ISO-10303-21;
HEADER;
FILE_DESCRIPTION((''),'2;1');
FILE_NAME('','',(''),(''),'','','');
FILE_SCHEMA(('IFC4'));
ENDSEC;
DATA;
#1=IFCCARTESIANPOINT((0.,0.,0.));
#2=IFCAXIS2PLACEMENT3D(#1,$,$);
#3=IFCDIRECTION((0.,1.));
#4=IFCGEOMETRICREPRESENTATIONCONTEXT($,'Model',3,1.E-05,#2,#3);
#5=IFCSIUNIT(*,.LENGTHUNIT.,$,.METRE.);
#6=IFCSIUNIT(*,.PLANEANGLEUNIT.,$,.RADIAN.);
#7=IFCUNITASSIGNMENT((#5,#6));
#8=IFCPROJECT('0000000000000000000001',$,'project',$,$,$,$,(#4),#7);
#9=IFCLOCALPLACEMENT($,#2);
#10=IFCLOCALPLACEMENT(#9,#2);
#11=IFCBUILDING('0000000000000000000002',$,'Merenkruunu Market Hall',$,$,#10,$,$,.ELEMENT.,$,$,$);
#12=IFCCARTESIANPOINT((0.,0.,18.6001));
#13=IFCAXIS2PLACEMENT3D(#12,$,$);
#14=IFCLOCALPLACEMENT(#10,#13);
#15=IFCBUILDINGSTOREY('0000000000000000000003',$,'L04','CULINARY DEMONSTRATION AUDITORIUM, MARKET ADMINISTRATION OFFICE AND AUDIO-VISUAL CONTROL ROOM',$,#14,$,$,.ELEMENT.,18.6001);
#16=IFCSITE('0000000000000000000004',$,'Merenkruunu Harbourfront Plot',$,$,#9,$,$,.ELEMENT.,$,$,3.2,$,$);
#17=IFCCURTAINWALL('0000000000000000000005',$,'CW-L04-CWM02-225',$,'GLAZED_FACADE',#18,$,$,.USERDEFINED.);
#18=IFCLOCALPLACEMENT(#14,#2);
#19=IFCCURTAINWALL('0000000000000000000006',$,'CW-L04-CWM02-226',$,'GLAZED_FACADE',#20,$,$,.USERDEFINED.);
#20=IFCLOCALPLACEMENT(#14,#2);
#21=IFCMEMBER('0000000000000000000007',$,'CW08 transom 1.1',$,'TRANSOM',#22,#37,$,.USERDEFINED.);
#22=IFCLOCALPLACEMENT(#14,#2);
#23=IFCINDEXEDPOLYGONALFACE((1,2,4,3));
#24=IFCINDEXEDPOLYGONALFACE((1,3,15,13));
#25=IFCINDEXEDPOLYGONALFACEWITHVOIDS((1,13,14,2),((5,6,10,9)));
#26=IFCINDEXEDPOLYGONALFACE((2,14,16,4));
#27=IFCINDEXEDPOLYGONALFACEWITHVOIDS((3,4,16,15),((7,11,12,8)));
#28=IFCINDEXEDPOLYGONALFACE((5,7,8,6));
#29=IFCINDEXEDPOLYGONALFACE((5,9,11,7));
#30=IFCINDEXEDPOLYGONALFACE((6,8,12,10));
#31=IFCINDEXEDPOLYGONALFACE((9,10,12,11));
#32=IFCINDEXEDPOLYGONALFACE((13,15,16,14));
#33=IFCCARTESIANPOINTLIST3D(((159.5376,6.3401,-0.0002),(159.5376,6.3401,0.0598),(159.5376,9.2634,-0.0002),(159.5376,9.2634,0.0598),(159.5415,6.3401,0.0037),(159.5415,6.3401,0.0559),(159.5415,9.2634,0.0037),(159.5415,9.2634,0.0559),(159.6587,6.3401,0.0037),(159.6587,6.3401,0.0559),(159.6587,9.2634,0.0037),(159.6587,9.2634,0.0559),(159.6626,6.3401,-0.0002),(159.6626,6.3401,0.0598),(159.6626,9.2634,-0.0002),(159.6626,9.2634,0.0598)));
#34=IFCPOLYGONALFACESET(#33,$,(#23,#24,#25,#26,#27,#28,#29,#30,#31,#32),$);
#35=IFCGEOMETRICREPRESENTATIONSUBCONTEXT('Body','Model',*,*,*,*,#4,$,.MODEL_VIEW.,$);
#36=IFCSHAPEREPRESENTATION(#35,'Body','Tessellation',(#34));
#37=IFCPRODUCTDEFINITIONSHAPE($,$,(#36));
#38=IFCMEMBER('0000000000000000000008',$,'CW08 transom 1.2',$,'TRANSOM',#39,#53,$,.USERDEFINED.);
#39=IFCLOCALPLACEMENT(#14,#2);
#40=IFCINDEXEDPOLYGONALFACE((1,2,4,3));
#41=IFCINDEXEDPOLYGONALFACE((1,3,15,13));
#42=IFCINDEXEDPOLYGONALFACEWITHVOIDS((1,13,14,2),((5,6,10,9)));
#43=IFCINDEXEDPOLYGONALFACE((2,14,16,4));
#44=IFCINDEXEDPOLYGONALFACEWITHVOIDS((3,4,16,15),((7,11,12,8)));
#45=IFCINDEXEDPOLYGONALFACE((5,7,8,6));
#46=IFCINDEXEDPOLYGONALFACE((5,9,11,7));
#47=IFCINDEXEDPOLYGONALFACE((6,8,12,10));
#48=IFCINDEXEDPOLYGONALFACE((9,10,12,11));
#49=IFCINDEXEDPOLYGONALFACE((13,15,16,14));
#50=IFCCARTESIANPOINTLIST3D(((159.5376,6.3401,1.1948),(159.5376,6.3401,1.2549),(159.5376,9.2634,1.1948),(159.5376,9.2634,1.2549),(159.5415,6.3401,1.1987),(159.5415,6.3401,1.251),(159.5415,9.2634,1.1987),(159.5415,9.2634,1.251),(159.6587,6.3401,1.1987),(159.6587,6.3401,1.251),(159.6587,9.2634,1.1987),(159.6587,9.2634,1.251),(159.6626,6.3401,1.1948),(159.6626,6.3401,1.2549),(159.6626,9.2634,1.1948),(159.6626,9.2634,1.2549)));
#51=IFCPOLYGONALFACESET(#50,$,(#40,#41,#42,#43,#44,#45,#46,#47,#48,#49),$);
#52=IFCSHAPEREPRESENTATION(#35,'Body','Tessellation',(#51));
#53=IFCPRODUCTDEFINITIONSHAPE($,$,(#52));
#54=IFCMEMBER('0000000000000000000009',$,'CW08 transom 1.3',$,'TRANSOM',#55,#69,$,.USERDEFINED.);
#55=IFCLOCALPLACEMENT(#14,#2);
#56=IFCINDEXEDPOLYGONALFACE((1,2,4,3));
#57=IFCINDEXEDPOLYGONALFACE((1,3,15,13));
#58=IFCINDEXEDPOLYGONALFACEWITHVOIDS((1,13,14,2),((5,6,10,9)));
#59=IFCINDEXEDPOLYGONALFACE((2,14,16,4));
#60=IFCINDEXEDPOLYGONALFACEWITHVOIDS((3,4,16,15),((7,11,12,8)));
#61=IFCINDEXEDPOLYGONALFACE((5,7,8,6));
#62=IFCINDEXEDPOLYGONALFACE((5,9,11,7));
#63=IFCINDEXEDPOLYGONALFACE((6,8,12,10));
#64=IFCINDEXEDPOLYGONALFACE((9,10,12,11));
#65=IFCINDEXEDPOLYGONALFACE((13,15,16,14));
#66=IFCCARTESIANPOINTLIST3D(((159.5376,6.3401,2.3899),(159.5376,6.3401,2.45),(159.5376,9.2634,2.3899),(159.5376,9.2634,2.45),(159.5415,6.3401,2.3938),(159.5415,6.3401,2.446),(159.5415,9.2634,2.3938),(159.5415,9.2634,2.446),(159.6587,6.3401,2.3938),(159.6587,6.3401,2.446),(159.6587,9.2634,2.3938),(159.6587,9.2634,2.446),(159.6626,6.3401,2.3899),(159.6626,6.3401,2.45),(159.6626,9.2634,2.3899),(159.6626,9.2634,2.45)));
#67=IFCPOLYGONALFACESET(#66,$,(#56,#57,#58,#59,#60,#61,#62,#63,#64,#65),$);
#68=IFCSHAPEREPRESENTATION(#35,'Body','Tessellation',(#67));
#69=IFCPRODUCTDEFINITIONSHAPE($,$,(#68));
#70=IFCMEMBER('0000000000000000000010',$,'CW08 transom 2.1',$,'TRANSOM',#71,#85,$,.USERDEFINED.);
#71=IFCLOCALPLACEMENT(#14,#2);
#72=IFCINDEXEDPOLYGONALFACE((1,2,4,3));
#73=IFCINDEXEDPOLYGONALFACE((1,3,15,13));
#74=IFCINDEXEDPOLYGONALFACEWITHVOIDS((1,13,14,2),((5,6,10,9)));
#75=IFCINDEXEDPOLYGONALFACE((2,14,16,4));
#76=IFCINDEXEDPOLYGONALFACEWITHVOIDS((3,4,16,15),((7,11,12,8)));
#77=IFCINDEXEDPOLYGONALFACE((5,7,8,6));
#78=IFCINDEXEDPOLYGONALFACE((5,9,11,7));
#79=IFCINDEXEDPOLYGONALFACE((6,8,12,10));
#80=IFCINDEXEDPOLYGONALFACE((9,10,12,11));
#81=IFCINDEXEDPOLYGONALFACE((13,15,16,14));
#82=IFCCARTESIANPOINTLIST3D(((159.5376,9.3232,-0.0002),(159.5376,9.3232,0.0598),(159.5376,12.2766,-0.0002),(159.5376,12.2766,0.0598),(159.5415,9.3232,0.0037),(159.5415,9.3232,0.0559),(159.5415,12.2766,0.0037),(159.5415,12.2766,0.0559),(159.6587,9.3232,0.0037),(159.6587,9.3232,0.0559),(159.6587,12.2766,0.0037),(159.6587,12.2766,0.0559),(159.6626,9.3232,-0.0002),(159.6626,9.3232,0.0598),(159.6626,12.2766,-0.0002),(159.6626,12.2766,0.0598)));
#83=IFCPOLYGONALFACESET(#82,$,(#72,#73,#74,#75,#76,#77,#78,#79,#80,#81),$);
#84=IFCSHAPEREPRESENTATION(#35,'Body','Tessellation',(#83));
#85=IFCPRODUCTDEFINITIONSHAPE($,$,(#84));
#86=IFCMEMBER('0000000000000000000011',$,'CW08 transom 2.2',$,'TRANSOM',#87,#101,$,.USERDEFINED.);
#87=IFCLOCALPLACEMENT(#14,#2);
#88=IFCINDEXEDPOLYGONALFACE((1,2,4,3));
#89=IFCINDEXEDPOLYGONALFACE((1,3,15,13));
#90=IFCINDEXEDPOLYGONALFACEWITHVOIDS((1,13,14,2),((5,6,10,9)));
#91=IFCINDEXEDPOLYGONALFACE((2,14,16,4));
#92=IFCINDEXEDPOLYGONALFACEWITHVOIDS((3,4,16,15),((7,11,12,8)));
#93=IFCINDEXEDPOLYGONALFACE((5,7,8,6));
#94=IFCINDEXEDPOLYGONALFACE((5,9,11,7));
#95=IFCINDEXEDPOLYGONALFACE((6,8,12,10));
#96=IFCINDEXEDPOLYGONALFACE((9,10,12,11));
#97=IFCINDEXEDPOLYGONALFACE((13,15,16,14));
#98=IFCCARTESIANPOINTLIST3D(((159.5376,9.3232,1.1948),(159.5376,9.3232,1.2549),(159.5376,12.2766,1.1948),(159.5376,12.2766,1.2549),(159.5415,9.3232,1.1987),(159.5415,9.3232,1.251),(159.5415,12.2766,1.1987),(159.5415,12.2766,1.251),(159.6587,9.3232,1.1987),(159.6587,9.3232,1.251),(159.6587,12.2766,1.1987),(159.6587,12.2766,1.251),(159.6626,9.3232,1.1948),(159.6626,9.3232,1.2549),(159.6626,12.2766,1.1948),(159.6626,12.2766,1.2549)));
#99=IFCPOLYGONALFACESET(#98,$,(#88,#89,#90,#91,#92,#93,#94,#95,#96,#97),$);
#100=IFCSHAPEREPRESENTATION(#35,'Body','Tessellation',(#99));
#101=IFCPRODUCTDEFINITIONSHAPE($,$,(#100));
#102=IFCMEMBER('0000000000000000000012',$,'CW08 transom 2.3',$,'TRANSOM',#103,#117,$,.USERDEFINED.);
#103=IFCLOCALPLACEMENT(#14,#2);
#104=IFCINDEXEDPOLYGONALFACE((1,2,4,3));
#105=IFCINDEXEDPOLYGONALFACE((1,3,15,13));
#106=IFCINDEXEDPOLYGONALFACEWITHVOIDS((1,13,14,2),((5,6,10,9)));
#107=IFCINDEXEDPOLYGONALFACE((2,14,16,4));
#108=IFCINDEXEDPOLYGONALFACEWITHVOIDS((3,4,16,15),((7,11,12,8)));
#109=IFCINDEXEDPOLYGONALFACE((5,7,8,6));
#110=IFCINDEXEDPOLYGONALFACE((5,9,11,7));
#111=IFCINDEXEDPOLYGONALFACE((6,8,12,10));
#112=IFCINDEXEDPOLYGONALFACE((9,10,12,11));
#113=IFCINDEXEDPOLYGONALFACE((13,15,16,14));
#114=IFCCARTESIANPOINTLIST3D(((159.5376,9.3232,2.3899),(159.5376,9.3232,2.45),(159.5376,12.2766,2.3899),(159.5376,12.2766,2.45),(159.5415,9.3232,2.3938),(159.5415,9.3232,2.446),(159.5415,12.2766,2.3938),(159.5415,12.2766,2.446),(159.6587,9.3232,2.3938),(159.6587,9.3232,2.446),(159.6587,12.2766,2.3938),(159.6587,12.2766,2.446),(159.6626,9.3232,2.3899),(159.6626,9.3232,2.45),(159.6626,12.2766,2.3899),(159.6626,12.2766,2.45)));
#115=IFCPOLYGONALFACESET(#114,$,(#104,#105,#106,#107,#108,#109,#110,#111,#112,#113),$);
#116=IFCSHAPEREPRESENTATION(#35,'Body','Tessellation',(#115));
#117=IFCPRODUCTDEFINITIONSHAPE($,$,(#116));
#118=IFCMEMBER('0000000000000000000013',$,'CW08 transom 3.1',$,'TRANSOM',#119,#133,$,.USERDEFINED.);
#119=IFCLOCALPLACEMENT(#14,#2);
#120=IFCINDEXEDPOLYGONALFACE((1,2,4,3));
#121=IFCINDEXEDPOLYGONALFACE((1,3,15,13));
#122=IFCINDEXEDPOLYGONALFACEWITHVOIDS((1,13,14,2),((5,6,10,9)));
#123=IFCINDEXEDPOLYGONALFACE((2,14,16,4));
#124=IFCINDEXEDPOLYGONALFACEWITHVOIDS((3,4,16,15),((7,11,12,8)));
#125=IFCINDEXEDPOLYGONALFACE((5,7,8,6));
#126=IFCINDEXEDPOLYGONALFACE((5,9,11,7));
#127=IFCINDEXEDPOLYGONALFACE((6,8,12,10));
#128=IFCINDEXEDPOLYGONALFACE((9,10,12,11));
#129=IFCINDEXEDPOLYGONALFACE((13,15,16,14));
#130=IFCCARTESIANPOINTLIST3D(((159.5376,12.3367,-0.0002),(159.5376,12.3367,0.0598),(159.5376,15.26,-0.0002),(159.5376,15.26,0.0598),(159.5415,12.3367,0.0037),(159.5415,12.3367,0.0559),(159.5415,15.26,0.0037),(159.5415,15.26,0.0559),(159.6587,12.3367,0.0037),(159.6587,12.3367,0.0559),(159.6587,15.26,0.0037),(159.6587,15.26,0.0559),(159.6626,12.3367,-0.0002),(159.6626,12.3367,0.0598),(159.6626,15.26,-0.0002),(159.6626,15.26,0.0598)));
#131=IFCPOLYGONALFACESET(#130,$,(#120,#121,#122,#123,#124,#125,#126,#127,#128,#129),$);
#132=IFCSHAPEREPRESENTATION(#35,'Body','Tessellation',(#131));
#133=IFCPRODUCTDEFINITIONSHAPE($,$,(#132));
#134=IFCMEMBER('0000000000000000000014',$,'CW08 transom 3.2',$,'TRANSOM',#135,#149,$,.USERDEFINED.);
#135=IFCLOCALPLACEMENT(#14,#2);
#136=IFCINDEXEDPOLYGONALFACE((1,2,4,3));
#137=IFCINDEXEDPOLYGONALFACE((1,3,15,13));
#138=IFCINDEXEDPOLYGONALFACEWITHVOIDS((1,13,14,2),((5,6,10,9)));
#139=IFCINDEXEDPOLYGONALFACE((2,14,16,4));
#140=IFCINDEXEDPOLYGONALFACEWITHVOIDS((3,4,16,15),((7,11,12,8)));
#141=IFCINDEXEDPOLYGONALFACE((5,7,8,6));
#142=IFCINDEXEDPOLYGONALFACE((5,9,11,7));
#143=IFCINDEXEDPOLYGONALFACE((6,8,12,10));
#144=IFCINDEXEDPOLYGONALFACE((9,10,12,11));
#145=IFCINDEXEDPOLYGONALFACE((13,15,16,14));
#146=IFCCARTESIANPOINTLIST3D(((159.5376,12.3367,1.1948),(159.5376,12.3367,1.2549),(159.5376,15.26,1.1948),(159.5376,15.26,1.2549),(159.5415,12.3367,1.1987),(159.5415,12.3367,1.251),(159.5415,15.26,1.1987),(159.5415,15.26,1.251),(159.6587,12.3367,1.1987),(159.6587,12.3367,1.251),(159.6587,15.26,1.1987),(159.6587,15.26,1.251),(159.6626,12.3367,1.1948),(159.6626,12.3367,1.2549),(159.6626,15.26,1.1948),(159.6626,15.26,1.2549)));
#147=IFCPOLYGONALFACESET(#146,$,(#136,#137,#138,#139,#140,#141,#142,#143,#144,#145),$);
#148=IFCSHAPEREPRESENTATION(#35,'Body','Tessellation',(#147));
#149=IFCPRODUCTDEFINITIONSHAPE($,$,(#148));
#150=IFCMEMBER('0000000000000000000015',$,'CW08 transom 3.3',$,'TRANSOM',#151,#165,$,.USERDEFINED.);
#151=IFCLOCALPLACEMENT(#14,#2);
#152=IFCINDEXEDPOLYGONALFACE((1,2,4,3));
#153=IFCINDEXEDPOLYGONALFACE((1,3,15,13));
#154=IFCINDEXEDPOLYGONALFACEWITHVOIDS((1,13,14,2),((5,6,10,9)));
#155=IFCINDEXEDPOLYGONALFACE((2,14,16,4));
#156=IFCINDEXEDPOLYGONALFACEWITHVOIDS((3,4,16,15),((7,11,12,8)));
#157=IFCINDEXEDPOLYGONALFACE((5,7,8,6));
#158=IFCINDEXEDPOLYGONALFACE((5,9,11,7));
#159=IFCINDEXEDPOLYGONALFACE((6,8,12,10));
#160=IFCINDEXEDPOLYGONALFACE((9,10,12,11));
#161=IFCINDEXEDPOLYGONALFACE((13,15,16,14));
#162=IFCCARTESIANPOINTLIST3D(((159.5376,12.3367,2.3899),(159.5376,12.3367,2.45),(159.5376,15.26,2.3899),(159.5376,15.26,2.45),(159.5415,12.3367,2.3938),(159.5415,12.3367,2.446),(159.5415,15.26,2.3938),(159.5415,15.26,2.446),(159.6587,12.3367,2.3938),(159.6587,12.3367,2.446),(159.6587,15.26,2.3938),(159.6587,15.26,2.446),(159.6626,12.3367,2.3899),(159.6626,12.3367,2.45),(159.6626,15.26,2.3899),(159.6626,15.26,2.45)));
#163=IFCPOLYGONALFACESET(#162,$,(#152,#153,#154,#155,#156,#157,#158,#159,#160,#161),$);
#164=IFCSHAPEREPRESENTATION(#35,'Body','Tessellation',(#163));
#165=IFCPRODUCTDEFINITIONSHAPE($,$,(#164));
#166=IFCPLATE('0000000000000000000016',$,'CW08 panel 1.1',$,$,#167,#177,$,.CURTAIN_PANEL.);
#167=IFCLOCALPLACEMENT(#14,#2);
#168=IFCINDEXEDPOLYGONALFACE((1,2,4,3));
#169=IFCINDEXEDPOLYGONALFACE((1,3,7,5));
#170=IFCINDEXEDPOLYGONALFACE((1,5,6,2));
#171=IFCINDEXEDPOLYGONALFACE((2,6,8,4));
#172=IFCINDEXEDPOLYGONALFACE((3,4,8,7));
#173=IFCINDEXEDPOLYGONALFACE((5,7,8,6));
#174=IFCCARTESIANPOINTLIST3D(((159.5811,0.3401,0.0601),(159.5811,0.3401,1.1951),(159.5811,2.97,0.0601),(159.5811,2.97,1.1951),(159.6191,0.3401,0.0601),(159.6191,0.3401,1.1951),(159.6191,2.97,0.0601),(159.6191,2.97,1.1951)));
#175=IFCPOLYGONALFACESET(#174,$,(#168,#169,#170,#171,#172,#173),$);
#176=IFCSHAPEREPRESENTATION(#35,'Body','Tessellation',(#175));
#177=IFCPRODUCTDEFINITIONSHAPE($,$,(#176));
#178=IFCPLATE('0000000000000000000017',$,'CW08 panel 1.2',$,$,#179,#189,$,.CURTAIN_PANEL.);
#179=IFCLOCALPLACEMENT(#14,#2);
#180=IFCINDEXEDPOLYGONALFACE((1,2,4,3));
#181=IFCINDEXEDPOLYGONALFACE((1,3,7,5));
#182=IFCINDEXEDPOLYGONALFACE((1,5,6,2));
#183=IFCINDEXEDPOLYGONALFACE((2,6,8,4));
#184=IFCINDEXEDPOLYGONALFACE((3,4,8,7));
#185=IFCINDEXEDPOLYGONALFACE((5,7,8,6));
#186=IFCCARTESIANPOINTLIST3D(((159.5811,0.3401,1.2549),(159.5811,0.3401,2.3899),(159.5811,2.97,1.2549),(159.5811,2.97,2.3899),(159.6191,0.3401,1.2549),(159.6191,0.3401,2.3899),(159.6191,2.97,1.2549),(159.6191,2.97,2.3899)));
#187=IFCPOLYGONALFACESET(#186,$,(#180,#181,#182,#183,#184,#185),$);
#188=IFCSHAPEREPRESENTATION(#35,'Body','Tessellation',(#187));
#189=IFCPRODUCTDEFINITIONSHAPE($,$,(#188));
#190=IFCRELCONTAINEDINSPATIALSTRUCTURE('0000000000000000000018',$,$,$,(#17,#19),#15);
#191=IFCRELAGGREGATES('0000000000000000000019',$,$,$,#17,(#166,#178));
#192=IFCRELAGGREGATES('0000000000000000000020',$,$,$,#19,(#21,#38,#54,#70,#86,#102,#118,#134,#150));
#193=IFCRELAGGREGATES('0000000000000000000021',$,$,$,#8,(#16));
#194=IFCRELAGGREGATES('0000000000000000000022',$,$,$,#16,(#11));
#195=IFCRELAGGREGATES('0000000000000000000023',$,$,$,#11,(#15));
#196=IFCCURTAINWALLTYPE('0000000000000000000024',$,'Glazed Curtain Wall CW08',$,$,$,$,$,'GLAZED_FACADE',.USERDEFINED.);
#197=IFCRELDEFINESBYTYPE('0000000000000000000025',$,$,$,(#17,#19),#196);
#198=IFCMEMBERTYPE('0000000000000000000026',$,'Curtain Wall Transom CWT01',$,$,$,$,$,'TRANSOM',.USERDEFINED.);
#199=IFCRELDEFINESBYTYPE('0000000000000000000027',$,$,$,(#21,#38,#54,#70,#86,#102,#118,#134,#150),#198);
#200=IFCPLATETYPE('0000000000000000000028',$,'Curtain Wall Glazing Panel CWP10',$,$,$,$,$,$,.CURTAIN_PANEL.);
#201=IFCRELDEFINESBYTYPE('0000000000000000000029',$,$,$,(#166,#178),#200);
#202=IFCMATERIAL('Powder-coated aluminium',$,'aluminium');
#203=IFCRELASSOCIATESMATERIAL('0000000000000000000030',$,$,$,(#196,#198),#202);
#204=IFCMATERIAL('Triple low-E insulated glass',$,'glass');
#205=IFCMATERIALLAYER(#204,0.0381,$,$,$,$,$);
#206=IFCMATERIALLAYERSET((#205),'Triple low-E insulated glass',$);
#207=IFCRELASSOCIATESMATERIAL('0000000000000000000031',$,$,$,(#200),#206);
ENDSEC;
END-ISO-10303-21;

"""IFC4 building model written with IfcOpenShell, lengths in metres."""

from ifc_helpers import new_model, si_unit, direction, frame, origin, origin_2d, place, context, subcontext, project, spatial, rectangle, hollow_rectangle, extrude, material, layer, layer_set, material_profile, profile_set, type_object, element, aggregate, save


model = new_model("IFC4")

# Units and contexts
model_context = context("Model", 3, precision=1e-05, world=origin(), true_north=direction((0.0, 1.0)))
body_context = subcontext(model_context, "Body", "Model", "MODEL_VIEW")
ifc_project = project(units=[si_unit("LENGTHUNIT", "METRE"), si_unit("PLANEANGLEUNIT", "RADIAN")], contexts=[model_context])

# Site, building, storey
site_placement = place(None, origin())
site = spatial("IfcSite", under=ifc_project, at=site_placement, Name="Merenkruunu Harbourfront Plot", CompositionType="ELEMENT", RefElevation=3.2)
building_placement = place(site_placement, origin())
building = spatial("IfcBuilding", under=site, at=building_placement, Name="Merenkruunu Market Hall", CompositionType="ELEMENT")
storey_placement = place(building_placement, frame((0.0, 0.0, 18.6001)))
storey = spatial("IfcBuildingStorey", under=building, at=storey_placement, Name="L04", Description="CULINARY DEMONSTRATION AUDITORIUM, MARKET ADMINISTRATION OFFICE AND AUDIO-VISUAL CONTROL ROOM", CompositionType="ELEMENT", Elevation=18.6001)

# Curtain wall
ifc_material_1 = material(Name="Powder-coated aluminium", Category="aluminium")
curtain_wall_type = type_object("IfcCurtainWallType", Name="Glazed Curtain Wall CW08", ElementType="GLAZED_FACADE", PredefinedType="USERDEFINED", material=ifc_material_1)
curtain_wall_1_placement = place(storey_placement, origin())
curtain_wall_1 = element("IfcCurtainWall", 1, at=curtain_wall_1_placement, inside=storey, type_object=curtain_wall_type, Name="CW-L04-CWM02-225", ObjectType="GLAZED_FACADE", PredefinedType="USERDEFINED")

# Curtain wall
curtain_wall_2_placement = place(storey_placement, origin())
curtain_wall_2 = element("IfcCurtainWall", 2, at=curtain_wall_2_placement, inside=storey, type_object=curtain_wall_type, Name="CW-L04-CWM02-226", ObjectType="GLAZED_FACADE", PredefinedType="USERDEFINED")

# Members
ifc_material_profile_1 = material_profile(ifc_material_1, hollow_rectangle(XDim=0.0601, YDim=0.125, WallThickness=0.0039, at=origin_2d()), Name="ALU 60x125x4")
ifc_profile_set_1 = profile_set([ifc_material_profile_1], Name="Powder-coated aluminium")
member_type_1 = type_object("IfcMemberType", Name="Curtain Wall Transom CWT01", ElementType="TRANSOM", PredefinedType="USERDEFINED", material=ifc_profile_set_1)
member_1_placement = place(storey_placement, frame((159.6001, 6.3401, 0.0298), z_axis=(0.0, 1.0, 0.0), x_axis=(0.0, 0.0, 1.0)))
member_1 = element("IfcMember", 3, at=member_1_placement, type_object=member_type_1, Name="CW08 transom 1.1", ObjectType="TRANSOM", PredefinedType="USERDEFINED", context=body_context, shape_type="SweptSolid", body=[
    extrude(hollow_rectangle(XDim=0.0601, YDim=0.125, WallThickness=0.0039, at=origin_2d()), origin(), (0.0, 0.0, 1.0), 2.9233),
])
member_2_placement = place(storey_placement, frame((159.6001, 6.3401, 1.2249), z_axis=(0.0, 1.0, 0.0), x_axis=(0.0, 0.0, 1.0)))
member_2 = element("IfcMember", 4, at=member_2_placement, type_object=member_type_1, Name="CW08 transom 1.2", ObjectType="TRANSOM", PredefinedType="USERDEFINED", context=body_context, shape_type="SweptSolid", body=[
    extrude(hollow_rectangle(XDim=0.0601, YDim=0.125, WallThickness=0.0039, at=origin_2d()), origin(), (0.0, 0.0, 1.0), 2.9233),
])
member_3_placement = place(storey_placement, frame((159.6001, 6.3401, 2.4199), z_axis=(0.0, 1.0, 0.0), x_axis=(0.0, 0.0, 1.0)))
member_3 = element("IfcMember", 5, at=member_3_placement, type_object=member_type_1, Name="CW08 transom 1.3", ObjectType="TRANSOM", PredefinedType="USERDEFINED", context=body_context, shape_type="SweptSolid", body=[
    extrude(hollow_rectangle(XDim=0.0601, YDim=0.125, WallThickness=0.0039, at=origin_2d()), origin(), (0.0, 0.0, 1.0), 2.9233),
])
member_4_placement = place(storey_placement, frame((159.6001, 9.3232, 0.0298), z_axis=(0.0, 1.0, 0.0), x_axis=(0.0, 0.0, 1.0)))
member_4 = element("IfcMember", 6, at=member_4_placement, type_object=member_type_1, Name="CW08 transom 2.1", ObjectType="TRANSOM", PredefinedType="USERDEFINED", context=body_context, shape_type="SweptSolid", body=[
    extrude(hollow_rectangle(XDim=0.0601, YDim=0.125, WallThickness=0.0039, at=origin_2d()), origin(), (0.0, 0.0, 1.0), 2.9534),
])
member_5_placement = place(storey_placement, frame((159.6001, 9.3232, 1.2249), z_axis=(0.0, 1.0, 0.0), x_axis=(0.0, 0.0, 1.0)))
member_5 = element("IfcMember", 7, at=member_5_placement, type_object=member_type_1, Name="CW08 transom 2.2", ObjectType="TRANSOM", PredefinedType="USERDEFINED", context=body_context, shape_type="SweptSolid", body=[
    extrude(hollow_rectangle(XDim=0.0601, YDim=0.125, WallThickness=0.0039, at=origin_2d()), origin(), (0.0, 0.0, 1.0), 2.9534),
])
member_6_placement = place(storey_placement, frame((159.6001, 9.3232, 2.4199), z_axis=(0.0, 1.0, 0.0), x_axis=(0.0, 0.0, 1.0)))
member_6 = element("IfcMember", 8, at=member_6_placement, type_object=member_type_1, Name="CW08 transom 2.3", ObjectType="TRANSOM", PredefinedType="USERDEFINED", context=body_context, shape_type="SweptSolid", body=[
    extrude(hollow_rectangle(XDim=0.0601, YDim=0.125, WallThickness=0.0039, at=origin_2d()), origin(), (0.0, 0.0, 1.0), 2.9534),
])
member_7_placement = place(storey_placement, frame((159.6001, 12.3367, 0.0298), z_axis=(0.0, 1.0, 0.0), x_axis=(0.0, 0.0, 1.0)))
member_7 = element("IfcMember", 9, at=member_7_placement, type_object=member_type_1, Name="CW08 transom 3.1", ObjectType="TRANSOM", PredefinedType="USERDEFINED", context=body_context, shape_type="SweptSolid", body=[
    extrude(hollow_rectangle(XDim=0.0601, YDim=0.125, WallThickness=0.0039, at=origin_2d()), origin(), (0.0, 0.0, 1.0), 2.9233),
])
member_8_placement = place(storey_placement, frame((159.6001, 12.3367, 1.2249), z_axis=(0.0, 1.0, 0.0), x_axis=(0.0, 0.0, 1.0)))
member_8 = element("IfcMember", 10, at=member_8_placement, type_object=member_type_1, Name="CW08 transom 3.2", ObjectType="TRANSOM", PredefinedType="USERDEFINED", context=body_context, shape_type="SweptSolid", body=[
    extrude(hollow_rectangle(XDim=0.0601, YDim=0.125, WallThickness=0.0039, at=origin_2d()), origin(), (0.0, 0.0, 1.0), 2.9233),
])
member_9_placement = place(storey_placement, frame((159.6001, 12.3367, 2.4199), z_axis=(0.0, 1.0, 0.0), x_axis=(0.0, 0.0, 1.0)))
member_9 = element("IfcMember", 11, at=member_9_placement, type_object=member_type_1, Name="CW08 transom 3.3", ObjectType="TRANSOM", PredefinedType="USERDEFINED", context=body_context, shape_type="SweptSolid", body=[
    extrude(hollow_rectangle(XDim=0.0601, YDim=0.125, WallThickness=0.0039, at=origin_2d()), origin(), (0.0, 0.0, 1.0), 2.9233),
])

# Plates
ifc_material_2 = material(Name="Triple low-E insulated glass", Category="glass")
ifc_layer_1 = layer(ifc_material_2, 0.0381)
ifc_layer_set_1 = layer_set([ifc_layer_1], Name="Triple low-E insulated glass")
plate_type = type_object("IfcPlateType", Name="Curtain Wall Glazing Panel CWP10", PredefinedType="CURTAIN_PANEL", material=ifc_layer_set_1)
plate_1_placement = place(storey_placement, frame((159.6001, 1.655, 0.0601), z_axis=(0.0, 0.0, 1.0), x_axis=(0.0, 1.0, 0.0)))
plate_1 = element("IfcPlate", 12, at=plate_1_placement, type_object=plate_type, Name="CW08 panel 1.1", PredefinedType="CURTAIN_PANEL", context=body_context, shape_type="SweptSolid", body=[
    extrude(rectangle(XDim=2.6299, YDim=0.0381, at=origin_2d()), origin(), (0.0, 0.0, 1.0), 1.135),
])
plate_2_placement = place(storey_placement, frame((159.6001, 1.655, 1.2549), z_axis=(0.0, 0.0, 1.0), x_axis=(0.0, 1.0, 0.0)))
plate_2 = element("IfcPlate", 13, at=plate_2_placement, type_object=plate_type, Name="CW08 panel 1.2", PredefinedType="CURTAIN_PANEL", context=body_context, shape_type="SweptSolid", body=[
    extrude(rectangle(XDim=2.6299, YDim=0.0381, at=origin_2d()), origin(), (0.0, 0.0, 1.0), 1.135),
])
aggregate(curtain_wall_1, [plate_1, plate_2])
aggregate(curtain_wall_2, [member_1, member_2, member_3, member_4, member_5, member_6, member_7, member_8, member_9])

save(model, "model.ifc")
